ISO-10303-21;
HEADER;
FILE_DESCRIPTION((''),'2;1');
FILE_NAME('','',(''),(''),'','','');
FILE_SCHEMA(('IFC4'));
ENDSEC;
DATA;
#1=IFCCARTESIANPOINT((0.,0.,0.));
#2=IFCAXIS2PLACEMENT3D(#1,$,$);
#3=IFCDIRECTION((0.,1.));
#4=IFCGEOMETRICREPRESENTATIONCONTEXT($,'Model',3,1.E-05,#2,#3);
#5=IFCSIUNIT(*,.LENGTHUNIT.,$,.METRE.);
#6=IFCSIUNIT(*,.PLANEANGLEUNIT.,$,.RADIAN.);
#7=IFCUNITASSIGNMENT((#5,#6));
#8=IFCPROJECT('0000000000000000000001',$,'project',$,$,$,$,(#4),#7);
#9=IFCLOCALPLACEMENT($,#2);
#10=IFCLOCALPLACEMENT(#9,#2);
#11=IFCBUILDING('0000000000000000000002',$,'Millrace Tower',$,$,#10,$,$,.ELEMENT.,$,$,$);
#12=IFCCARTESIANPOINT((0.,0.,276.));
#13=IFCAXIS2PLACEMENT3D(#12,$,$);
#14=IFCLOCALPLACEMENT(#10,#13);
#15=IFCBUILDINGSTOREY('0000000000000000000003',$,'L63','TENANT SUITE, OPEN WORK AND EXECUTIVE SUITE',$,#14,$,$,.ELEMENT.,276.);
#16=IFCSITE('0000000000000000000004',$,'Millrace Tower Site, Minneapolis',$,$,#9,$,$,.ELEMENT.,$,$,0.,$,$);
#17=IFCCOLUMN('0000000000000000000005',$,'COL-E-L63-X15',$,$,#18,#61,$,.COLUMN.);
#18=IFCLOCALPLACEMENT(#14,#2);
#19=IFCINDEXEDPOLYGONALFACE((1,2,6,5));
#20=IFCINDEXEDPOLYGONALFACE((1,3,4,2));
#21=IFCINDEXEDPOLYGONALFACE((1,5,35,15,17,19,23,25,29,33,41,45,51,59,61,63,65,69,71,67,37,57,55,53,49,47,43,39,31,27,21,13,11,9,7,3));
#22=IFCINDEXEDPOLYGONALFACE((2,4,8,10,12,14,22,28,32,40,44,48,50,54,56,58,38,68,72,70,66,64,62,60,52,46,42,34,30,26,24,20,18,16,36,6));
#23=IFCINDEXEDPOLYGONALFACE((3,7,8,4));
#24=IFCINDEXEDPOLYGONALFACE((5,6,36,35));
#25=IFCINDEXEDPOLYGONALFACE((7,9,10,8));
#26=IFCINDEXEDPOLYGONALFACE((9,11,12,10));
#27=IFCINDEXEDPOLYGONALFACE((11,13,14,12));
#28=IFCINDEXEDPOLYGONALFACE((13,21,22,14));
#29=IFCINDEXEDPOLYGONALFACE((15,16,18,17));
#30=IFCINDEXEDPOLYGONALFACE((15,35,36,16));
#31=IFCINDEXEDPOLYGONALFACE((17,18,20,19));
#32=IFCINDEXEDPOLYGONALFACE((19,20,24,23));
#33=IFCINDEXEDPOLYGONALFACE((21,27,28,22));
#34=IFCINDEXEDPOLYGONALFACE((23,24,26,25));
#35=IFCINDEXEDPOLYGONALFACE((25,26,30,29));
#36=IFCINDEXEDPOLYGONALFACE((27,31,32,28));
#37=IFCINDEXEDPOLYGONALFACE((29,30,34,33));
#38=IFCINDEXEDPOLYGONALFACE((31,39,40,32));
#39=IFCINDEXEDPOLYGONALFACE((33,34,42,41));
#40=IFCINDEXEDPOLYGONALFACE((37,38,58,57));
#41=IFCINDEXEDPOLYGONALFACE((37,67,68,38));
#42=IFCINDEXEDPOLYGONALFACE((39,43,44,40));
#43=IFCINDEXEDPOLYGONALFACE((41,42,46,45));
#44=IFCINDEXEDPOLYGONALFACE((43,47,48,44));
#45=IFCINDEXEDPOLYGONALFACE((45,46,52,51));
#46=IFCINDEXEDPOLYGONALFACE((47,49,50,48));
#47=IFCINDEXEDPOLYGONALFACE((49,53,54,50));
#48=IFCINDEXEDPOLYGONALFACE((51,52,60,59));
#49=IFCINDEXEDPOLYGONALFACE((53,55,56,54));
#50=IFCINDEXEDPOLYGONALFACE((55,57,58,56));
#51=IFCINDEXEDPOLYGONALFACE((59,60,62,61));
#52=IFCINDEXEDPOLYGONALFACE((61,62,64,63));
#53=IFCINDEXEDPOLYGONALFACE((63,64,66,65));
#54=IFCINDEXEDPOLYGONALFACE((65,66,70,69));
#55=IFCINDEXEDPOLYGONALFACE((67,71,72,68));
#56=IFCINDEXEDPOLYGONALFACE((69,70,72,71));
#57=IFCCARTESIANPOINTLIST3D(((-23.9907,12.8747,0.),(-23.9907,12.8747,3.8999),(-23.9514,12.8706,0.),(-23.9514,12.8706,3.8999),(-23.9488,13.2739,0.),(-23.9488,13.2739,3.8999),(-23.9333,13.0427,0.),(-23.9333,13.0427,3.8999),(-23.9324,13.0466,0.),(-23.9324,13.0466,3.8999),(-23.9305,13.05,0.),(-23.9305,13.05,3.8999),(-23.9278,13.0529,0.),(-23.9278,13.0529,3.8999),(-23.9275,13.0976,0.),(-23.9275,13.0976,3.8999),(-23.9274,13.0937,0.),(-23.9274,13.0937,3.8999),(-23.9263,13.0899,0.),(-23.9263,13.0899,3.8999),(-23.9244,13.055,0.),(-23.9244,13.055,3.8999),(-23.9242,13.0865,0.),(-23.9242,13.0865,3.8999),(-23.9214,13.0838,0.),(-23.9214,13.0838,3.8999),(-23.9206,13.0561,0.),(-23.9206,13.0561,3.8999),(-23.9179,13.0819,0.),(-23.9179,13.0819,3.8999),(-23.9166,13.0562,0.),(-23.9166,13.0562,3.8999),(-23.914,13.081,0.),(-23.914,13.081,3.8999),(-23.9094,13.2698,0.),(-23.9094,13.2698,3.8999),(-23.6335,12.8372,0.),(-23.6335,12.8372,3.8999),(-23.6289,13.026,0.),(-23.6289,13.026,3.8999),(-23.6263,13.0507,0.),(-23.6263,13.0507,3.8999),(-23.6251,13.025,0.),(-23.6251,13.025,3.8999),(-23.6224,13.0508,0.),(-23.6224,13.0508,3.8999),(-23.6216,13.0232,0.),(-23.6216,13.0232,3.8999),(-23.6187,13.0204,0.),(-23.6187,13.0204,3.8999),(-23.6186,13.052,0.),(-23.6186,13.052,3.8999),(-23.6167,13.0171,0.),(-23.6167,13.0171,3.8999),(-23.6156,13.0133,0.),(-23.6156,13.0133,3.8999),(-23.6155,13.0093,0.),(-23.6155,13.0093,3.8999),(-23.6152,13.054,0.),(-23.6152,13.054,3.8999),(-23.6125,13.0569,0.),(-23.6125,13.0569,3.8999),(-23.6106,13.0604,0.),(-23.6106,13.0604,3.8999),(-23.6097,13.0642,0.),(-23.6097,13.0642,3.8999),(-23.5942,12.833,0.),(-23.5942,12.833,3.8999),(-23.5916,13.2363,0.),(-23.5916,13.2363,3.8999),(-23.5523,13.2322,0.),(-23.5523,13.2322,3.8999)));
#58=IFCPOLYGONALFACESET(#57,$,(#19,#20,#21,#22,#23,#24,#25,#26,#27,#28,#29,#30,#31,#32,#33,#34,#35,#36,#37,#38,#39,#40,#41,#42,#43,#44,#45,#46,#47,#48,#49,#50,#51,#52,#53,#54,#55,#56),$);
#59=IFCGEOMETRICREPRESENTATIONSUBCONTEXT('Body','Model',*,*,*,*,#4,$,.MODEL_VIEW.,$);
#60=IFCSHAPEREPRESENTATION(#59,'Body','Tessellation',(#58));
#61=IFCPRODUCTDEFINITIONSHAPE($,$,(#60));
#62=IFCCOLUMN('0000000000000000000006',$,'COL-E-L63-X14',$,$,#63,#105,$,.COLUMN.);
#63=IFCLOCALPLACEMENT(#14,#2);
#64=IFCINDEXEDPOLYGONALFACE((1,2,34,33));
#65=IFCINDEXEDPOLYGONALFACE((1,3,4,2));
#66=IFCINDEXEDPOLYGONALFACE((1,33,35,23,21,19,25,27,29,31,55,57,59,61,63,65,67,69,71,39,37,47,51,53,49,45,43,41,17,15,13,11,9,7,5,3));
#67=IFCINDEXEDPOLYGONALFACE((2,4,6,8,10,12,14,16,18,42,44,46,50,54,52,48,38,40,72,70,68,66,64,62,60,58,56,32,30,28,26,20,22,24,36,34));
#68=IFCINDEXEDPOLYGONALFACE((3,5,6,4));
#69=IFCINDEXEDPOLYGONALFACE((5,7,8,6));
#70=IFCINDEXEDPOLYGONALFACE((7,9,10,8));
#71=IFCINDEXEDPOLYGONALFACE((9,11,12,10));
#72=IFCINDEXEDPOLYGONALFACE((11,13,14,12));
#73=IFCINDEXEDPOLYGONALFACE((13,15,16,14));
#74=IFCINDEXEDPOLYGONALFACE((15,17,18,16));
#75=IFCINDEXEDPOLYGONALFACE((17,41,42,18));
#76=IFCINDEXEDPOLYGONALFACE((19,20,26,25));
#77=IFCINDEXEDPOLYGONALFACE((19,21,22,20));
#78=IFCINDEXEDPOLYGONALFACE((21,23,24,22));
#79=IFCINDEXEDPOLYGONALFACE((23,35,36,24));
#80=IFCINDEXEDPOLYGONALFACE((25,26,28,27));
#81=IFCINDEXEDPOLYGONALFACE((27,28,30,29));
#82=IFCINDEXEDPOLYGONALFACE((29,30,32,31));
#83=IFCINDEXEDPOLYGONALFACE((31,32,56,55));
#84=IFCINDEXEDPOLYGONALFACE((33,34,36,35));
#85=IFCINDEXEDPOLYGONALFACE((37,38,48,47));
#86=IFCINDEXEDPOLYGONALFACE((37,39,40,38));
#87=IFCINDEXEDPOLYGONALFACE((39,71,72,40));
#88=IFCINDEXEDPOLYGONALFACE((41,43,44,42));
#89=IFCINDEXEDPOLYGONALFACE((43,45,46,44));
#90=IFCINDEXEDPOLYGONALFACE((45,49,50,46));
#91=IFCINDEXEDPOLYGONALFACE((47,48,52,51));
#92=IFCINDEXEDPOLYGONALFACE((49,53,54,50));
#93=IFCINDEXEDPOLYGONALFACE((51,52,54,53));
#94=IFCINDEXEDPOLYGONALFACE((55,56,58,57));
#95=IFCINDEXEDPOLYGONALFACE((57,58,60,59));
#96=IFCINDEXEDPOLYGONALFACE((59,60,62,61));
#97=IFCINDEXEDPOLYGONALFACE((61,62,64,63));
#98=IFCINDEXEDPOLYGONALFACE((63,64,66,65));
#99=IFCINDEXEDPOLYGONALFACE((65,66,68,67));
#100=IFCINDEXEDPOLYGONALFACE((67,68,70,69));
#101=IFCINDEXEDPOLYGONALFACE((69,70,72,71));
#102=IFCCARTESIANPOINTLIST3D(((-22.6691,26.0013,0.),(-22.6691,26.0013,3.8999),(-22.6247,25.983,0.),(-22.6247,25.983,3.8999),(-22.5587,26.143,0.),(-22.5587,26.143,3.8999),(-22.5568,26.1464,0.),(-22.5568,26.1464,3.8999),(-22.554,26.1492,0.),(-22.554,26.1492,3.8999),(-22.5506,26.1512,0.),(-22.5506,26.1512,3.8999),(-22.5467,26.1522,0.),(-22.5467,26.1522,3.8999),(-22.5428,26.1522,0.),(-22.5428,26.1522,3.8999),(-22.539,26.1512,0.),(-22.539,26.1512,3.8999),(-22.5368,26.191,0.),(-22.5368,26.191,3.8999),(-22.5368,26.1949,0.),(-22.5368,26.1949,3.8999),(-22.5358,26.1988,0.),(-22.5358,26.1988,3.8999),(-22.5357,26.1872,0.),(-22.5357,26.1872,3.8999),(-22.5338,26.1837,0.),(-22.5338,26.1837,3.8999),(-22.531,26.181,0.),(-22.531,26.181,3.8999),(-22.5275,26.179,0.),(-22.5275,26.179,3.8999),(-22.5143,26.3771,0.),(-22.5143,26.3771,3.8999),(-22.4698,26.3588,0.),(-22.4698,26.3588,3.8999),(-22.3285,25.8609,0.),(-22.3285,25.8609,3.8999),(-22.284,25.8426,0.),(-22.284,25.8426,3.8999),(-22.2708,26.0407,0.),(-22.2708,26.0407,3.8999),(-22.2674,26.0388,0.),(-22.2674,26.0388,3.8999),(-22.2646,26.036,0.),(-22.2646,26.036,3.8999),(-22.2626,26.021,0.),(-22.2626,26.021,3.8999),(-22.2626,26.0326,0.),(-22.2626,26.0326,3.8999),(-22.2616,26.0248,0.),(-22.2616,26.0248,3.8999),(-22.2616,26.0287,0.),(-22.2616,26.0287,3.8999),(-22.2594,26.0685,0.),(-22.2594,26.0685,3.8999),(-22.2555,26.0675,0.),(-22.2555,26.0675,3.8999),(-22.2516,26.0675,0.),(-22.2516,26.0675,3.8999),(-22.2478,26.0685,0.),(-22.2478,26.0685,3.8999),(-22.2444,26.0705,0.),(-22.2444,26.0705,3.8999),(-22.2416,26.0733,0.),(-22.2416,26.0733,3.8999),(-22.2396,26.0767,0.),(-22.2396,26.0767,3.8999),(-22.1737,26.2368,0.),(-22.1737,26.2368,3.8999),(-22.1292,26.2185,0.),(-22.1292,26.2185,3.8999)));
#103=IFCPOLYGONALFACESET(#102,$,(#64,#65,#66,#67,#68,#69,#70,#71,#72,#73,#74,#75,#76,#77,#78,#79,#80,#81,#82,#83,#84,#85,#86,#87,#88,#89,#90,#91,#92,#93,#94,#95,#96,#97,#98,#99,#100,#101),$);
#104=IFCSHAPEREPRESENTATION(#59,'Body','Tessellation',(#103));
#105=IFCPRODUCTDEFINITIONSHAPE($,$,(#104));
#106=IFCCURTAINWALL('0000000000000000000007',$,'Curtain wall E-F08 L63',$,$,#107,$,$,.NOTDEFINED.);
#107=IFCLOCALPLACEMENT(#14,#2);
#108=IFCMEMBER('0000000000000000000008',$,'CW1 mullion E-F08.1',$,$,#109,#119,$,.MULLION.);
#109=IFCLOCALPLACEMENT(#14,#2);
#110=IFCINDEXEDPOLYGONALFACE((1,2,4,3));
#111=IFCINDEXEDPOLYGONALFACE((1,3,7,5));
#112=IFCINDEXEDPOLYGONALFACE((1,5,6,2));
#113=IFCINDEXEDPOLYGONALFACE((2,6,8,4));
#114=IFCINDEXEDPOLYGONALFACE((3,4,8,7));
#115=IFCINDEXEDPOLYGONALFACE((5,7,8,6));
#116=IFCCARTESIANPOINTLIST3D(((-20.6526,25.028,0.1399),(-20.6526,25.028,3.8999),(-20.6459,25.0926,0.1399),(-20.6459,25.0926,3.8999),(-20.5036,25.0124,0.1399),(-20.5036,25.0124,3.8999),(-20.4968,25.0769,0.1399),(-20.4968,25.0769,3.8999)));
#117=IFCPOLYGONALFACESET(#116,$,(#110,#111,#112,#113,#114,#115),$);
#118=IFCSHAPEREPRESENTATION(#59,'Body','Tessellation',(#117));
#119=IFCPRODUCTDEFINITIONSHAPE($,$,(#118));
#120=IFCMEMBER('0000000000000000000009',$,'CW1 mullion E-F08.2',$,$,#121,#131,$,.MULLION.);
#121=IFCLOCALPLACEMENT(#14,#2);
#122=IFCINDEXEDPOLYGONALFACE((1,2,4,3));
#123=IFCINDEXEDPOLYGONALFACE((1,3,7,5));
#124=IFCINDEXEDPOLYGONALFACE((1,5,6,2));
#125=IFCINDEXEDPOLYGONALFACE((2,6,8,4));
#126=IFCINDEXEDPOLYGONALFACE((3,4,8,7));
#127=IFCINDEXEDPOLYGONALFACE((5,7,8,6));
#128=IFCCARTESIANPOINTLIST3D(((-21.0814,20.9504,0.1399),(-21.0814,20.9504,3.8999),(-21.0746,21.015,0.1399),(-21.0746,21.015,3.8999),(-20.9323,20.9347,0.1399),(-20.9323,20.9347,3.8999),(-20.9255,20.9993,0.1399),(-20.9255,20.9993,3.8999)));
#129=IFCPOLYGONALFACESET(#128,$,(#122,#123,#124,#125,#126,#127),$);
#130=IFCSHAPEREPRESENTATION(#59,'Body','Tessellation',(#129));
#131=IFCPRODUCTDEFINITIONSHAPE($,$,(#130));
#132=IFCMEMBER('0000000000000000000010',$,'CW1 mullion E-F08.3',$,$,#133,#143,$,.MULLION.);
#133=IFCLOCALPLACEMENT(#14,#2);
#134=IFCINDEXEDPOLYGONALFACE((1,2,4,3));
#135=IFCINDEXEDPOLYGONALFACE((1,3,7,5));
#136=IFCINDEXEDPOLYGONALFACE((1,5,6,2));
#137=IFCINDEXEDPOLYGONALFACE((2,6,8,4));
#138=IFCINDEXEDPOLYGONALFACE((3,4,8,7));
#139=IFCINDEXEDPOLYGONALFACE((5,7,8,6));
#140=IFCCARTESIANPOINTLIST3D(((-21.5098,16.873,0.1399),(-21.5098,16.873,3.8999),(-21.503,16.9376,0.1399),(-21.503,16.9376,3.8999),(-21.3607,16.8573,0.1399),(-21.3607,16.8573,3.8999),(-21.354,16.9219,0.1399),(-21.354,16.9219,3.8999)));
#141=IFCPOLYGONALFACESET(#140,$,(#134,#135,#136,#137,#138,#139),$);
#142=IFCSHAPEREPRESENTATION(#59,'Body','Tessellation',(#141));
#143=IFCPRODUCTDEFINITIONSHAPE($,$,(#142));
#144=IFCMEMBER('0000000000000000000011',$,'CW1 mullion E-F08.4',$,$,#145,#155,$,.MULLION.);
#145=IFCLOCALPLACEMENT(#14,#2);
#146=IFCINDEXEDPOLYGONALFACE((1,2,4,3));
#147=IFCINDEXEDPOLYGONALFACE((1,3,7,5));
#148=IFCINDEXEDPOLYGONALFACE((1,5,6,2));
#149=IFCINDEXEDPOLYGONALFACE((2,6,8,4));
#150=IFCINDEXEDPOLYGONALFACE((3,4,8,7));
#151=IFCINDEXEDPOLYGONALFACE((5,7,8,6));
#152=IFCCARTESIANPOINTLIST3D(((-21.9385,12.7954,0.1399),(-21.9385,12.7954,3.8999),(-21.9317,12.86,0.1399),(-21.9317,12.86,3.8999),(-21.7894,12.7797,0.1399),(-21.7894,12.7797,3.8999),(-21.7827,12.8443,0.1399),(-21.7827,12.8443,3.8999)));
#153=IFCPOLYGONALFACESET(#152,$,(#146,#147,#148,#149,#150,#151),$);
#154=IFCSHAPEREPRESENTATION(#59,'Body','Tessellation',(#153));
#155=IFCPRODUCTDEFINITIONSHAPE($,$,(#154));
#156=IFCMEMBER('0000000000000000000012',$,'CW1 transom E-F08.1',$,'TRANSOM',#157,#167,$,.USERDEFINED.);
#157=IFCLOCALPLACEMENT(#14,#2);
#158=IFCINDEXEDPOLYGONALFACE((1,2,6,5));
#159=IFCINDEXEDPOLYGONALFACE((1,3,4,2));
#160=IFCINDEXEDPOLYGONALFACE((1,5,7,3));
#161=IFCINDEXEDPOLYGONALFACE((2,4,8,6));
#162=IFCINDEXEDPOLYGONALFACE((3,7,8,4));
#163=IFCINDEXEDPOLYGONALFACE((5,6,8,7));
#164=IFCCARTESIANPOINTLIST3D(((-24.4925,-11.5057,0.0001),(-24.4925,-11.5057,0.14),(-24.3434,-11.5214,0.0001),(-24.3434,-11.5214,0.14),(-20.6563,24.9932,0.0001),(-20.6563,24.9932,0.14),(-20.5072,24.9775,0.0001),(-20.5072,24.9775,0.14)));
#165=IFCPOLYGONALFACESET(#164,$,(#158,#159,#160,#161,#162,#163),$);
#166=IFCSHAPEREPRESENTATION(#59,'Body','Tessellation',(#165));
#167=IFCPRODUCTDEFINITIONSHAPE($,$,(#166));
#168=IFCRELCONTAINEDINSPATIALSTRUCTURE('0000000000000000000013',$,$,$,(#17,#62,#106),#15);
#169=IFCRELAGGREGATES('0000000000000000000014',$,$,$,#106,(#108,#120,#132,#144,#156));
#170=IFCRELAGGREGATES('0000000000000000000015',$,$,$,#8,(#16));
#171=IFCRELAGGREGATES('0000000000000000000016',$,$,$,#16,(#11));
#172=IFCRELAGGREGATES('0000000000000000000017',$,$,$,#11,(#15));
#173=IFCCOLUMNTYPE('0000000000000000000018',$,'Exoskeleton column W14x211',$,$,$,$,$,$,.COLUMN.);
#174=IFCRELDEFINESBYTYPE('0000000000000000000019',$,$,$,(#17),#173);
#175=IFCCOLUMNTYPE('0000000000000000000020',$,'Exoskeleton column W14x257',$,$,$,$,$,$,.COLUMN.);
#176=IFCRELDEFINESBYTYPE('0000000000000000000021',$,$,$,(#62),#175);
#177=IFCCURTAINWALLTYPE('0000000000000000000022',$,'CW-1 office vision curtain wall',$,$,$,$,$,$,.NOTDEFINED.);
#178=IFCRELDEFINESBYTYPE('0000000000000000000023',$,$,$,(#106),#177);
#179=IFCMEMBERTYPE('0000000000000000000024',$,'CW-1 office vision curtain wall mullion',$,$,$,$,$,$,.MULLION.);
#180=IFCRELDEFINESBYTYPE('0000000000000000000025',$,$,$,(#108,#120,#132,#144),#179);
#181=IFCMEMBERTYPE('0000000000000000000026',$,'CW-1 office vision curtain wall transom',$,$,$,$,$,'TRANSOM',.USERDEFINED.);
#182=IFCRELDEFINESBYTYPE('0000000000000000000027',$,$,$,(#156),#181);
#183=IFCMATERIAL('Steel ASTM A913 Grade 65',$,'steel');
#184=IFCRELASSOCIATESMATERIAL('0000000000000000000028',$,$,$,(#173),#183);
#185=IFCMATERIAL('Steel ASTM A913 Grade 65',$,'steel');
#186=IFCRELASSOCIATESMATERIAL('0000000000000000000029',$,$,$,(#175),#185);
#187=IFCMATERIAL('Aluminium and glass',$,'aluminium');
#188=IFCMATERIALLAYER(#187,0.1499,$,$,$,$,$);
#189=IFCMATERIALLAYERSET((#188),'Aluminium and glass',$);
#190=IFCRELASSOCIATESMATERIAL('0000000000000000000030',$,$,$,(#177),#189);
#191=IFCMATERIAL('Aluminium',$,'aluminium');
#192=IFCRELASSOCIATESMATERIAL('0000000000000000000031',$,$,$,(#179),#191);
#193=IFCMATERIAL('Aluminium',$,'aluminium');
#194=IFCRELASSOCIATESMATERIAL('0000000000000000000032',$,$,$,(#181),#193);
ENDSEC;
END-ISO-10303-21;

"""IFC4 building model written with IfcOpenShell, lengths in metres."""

from ifc_helpers import new_model, si_unit, direction, frame, origin, origin_2d, place, context, subcontext, project, spatial, rectangle, i_section, extrude, material, layer, layer_set, material_profile, profile_set, type_object, element, aggregate, save


model = new_model("IFC4")

# Units and contexts
model_context = context("Model", 3, precision=1e-05, world=origin(), true_north=direction((0.0, 1.0)))
body_context = subcontext(model_context, "Body", "Model", "MODEL_VIEW")
ifc_project = project(units=[si_unit("LENGTHUNIT", "METRE"), si_unit("PLANEANGLEUNIT", "RADIAN")], contexts=[model_context])

# Site, building, storey
site_placement = place(None, origin())
site = spatial("IfcSite", under=ifc_project, at=site_placement, Name="Millrace Tower Site, Minneapolis", CompositionType="ELEMENT", RefElevation=0.0)
building_placement = place(site_placement, origin())
building = spatial("IfcBuilding", under=site, at=building_placement, Name="Millrace Tower", CompositionType="ELEMENT")
storey_placement = place(building_placement, frame((0.0, 0.0, 276.0)))
storey = spatial("IfcBuildingStorey", under=building, at=storey_placement, Name="L63", Description="TENANT SUITE, OPEN WORK AND EXECUTIVE SUITE", CompositionType="ELEMENT", Elevation=276.0)

# Columns
ifc_material_1 = material(Name="Steel ASTM A913 Grade 65", Category="steel")
ifc_material_profile_1 = material_profile(ifc_material_1, i_section(OverallWidth=0.4014, OverallDepth=0.3987, WebThickness=0.0249, FlangeThickness=0.0396, FilletRadius=0.0151, at=origin_2d()))
ifc_profile_set_1 = profile_set([ifc_material_profile_1], Name="Steel ASTM A913 Grade 65")
column_type_1 = type_object("IfcColumnType", Name="Exoskeleton column W14x211", PredefinedType="COLUMN", material=ifc_profile_set_1)
column_1_placement = place(storey_placement, frame((-23.7715, 13.0535, 0.0), z_axis=(0.0, 0.0, 1.0), x_axis=(-0.104528, -0.994522, 0.0)))
element("IfcColumn", 1, at=column_1_placement, inside=storey, type_object=column_type_1, Name="COL-E-L63-X15", PredefinedType="COLUMN", context=body_context, shape_type="SweptSolid", body=[
    extrude(i_section(OverallWidth=0.4014, OverallDepth=0.3987, WebThickness=0.0249, FlangeThickness=0.0396, FilletRadius=0.0151, at=origin_2d()), origin(), (0.0, 0.0, 1.0), 3.8999),
])
ifc_material_2 = material(Name="Steel ASTM A913 Grade 65", Category="steel")
ifc_material_profile_2 = material_profile(ifc_material_2, i_section(OverallWidth=0.4065, OverallDepth=0.4165, WebThickness=0.03, FlangeThickness=0.0481, FilletRadius=0.0151, at=origin_2d()))
ifc_profile_set_2 = profile_set([ifc_material_profile_2], Name="Steel ASTM A913 Grade 65")
column_type_2 = type_object("IfcColumnType", Name="Exoskeleton column W14x257", PredefinedType="COLUMN", material=ifc_profile_set_2)
column_2_placement = place(storey_placement, frame((-22.3992, 26.1099, 0.0), z_axis=(0.0, 0.0, 1.0), x_axis=(-0.380947, -0.924597, 0.0)))
element("IfcColumn", 2, at=column_2_placement, inside=storey, type_object=column_type_2, Name="COL-E-L63-X14", PredefinedType="COLUMN", context=body_context, shape_type="SweptSolid", body=[
    extrude(i_section(OverallWidth=0.4065, OverallDepth=0.4165, WebThickness=0.03, FlangeThickness=0.0481, FilletRadius=0.0151, at=origin_2d()), origin(), (0.0, 0.0, 1.0), 3.8999),
])

# Curtain wall, members
ifc_material_3 = material(Name="Aluminium and glass", Category="aluminium")
ifc_layer_1 = layer(ifc_material_3, 0.1499)
ifc_layer_set_1 = layer_set([ifc_layer_1], Name="Aluminium and glass")
curtain_wall_type = type_object("IfcCurtainWallType", Name="CW-1 office vision curtain wall", PredefinedType="NOTDEFINED", material=ifc_layer_set_1)
curtain_wall_placement = place(storey_placement, origin())
curtain_wall = element("IfcCurtainWall", 3, at=curtain_wall_placement, inside=storey, type_object=curtain_wall_type, Name="Curtain wall E-F08 L63", PredefinedType="NOTDEFINED")
ifc_material_4 = material(Name="Aluminium", Category="aluminium")
ifc_material_profile_3 = material_profile(ifc_material_4, rectangle(XDim=0.0649, YDim=0.1499, at=origin_2d()))
ifc_profile_set_3 = profile_set([ifc_material_profile_3], Name="Aluminium")
member_type_1 = type_object("IfcMemberType", Name="CW-1 office vision curtain wall mullion", PredefinedType="MULLION", material=ifc_profile_set_3)
member_1_placement = place(storey_placement, frame((-20.5747, 25.0525, 0.1399), z_axis=(0.0, 0.0, 1.0), x_axis=(-0.104528, -0.994522, 0.0)))
member_1 = element("IfcMember", 4, at=member_1_placement, type_object=member_type_1, Name="CW1 mullion E-F08.1", PredefinedType="MULLION", context=body_context, shape_type="SweptSolid", body=[
    extrude(rectangle(XDim=0.0649, YDim=0.1499, at=origin_2d()), origin(), (0.0, 0.0, 1.0), 3.76),
])
member_2_placement = place(storey_placement, frame((-21.0034, 20.9749, 0.1399), z_axis=(0.0, 0.0, 1.0), x_axis=(-0.104528, -0.994522, 0.0)))
member_2 = element("IfcMember", 5, at=member_2_placement, type_object=member_type_1, Name="CW1 mullion E-F08.2", PredefinedType="MULLION", context=body_context, shape_type="SweptSolid", body=[
    extrude(rectangle(XDim=0.0649, YDim=0.1499, at=origin_2d()), origin(), (0.0, 0.0, 1.0), 3.76),
])
member_3_placement = place(storey_placement, frame((-21.4319, 16.8975, 0.1399), z_axis=(0.0, 0.0, 1.0), x_axis=(-0.104528, -0.994522, 0.0)))
member_3 = element("IfcMember", 6, at=member_3_placement, type_object=member_type_1, Name="CW1 mullion E-F08.3", PredefinedType="MULLION", context=body_context, shape_type="SweptSolid", body=[
    extrude(rectangle(XDim=0.0649, YDim=0.1499, at=origin_2d()), origin(), (0.0, 0.0, 1.0), 3.76),
])
member_4_placement = place(storey_placement, frame((-21.8606, 12.8198, 0.1399), z_axis=(0.0, 0.0, 1.0), x_axis=(-0.104528, -0.994522, 0.0)))
member_4 = element("IfcMember", 7, at=member_4_placement, type_object=member_type_1, Name="CW1 mullion E-F08.4", PredefinedType="MULLION", context=body_context, shape_type="SweptSolid", body=[
    extrude(rectangle(XDim=0.0649, YDim=0.1499, at=origin_2d()), origin(), (0.0, 0.0, 1.0), 3.76),
])
ifc_material_5 = material(Name="Aluminium", Category="aluminium")
ifc_material_profile_4 = material_profile(ifc_material_5, rectangle(XDim=0.1499, YDim=0.1399, at=origin_2d()))
ifc_profile_set_4 = profile_set([ifc_material_profile_4], Name="Aluminium")
member_type_2 = type_object("IfcMemberType", Name="CW-1 office vision curtain wall transom", ElementType="TRANSOM", PredefinedType="USERDEFINED", material=ifc_profile_set_4)
member_5_placement = place(storey_placement, frame((-20.5818, 24.9854, 0.0701), z_axis=(-0.104528, -0.994522, 0.0), x_axis=(0.994522, -0.104528, 0.0)))
member_5 = element("IfcMember", 8, at=member_5_placement, type_object=member_type_2, Name="CW1 transom E-F08.1", ObjectType="TRANSOM", PredefinedType="USERDEFINED", context=body_context, shape_type="SweptSolid", body=[
    extrude(rectangle(XDim=0.1499, YDim=0.1399, at=origin_2d()), origin(), (0.0, 0.0, 1.0), 36.7),
])
aggregate(curtain_wall, [member_1, member_2, member_3, member_4, member_5])

save(model, "model.ifc")
